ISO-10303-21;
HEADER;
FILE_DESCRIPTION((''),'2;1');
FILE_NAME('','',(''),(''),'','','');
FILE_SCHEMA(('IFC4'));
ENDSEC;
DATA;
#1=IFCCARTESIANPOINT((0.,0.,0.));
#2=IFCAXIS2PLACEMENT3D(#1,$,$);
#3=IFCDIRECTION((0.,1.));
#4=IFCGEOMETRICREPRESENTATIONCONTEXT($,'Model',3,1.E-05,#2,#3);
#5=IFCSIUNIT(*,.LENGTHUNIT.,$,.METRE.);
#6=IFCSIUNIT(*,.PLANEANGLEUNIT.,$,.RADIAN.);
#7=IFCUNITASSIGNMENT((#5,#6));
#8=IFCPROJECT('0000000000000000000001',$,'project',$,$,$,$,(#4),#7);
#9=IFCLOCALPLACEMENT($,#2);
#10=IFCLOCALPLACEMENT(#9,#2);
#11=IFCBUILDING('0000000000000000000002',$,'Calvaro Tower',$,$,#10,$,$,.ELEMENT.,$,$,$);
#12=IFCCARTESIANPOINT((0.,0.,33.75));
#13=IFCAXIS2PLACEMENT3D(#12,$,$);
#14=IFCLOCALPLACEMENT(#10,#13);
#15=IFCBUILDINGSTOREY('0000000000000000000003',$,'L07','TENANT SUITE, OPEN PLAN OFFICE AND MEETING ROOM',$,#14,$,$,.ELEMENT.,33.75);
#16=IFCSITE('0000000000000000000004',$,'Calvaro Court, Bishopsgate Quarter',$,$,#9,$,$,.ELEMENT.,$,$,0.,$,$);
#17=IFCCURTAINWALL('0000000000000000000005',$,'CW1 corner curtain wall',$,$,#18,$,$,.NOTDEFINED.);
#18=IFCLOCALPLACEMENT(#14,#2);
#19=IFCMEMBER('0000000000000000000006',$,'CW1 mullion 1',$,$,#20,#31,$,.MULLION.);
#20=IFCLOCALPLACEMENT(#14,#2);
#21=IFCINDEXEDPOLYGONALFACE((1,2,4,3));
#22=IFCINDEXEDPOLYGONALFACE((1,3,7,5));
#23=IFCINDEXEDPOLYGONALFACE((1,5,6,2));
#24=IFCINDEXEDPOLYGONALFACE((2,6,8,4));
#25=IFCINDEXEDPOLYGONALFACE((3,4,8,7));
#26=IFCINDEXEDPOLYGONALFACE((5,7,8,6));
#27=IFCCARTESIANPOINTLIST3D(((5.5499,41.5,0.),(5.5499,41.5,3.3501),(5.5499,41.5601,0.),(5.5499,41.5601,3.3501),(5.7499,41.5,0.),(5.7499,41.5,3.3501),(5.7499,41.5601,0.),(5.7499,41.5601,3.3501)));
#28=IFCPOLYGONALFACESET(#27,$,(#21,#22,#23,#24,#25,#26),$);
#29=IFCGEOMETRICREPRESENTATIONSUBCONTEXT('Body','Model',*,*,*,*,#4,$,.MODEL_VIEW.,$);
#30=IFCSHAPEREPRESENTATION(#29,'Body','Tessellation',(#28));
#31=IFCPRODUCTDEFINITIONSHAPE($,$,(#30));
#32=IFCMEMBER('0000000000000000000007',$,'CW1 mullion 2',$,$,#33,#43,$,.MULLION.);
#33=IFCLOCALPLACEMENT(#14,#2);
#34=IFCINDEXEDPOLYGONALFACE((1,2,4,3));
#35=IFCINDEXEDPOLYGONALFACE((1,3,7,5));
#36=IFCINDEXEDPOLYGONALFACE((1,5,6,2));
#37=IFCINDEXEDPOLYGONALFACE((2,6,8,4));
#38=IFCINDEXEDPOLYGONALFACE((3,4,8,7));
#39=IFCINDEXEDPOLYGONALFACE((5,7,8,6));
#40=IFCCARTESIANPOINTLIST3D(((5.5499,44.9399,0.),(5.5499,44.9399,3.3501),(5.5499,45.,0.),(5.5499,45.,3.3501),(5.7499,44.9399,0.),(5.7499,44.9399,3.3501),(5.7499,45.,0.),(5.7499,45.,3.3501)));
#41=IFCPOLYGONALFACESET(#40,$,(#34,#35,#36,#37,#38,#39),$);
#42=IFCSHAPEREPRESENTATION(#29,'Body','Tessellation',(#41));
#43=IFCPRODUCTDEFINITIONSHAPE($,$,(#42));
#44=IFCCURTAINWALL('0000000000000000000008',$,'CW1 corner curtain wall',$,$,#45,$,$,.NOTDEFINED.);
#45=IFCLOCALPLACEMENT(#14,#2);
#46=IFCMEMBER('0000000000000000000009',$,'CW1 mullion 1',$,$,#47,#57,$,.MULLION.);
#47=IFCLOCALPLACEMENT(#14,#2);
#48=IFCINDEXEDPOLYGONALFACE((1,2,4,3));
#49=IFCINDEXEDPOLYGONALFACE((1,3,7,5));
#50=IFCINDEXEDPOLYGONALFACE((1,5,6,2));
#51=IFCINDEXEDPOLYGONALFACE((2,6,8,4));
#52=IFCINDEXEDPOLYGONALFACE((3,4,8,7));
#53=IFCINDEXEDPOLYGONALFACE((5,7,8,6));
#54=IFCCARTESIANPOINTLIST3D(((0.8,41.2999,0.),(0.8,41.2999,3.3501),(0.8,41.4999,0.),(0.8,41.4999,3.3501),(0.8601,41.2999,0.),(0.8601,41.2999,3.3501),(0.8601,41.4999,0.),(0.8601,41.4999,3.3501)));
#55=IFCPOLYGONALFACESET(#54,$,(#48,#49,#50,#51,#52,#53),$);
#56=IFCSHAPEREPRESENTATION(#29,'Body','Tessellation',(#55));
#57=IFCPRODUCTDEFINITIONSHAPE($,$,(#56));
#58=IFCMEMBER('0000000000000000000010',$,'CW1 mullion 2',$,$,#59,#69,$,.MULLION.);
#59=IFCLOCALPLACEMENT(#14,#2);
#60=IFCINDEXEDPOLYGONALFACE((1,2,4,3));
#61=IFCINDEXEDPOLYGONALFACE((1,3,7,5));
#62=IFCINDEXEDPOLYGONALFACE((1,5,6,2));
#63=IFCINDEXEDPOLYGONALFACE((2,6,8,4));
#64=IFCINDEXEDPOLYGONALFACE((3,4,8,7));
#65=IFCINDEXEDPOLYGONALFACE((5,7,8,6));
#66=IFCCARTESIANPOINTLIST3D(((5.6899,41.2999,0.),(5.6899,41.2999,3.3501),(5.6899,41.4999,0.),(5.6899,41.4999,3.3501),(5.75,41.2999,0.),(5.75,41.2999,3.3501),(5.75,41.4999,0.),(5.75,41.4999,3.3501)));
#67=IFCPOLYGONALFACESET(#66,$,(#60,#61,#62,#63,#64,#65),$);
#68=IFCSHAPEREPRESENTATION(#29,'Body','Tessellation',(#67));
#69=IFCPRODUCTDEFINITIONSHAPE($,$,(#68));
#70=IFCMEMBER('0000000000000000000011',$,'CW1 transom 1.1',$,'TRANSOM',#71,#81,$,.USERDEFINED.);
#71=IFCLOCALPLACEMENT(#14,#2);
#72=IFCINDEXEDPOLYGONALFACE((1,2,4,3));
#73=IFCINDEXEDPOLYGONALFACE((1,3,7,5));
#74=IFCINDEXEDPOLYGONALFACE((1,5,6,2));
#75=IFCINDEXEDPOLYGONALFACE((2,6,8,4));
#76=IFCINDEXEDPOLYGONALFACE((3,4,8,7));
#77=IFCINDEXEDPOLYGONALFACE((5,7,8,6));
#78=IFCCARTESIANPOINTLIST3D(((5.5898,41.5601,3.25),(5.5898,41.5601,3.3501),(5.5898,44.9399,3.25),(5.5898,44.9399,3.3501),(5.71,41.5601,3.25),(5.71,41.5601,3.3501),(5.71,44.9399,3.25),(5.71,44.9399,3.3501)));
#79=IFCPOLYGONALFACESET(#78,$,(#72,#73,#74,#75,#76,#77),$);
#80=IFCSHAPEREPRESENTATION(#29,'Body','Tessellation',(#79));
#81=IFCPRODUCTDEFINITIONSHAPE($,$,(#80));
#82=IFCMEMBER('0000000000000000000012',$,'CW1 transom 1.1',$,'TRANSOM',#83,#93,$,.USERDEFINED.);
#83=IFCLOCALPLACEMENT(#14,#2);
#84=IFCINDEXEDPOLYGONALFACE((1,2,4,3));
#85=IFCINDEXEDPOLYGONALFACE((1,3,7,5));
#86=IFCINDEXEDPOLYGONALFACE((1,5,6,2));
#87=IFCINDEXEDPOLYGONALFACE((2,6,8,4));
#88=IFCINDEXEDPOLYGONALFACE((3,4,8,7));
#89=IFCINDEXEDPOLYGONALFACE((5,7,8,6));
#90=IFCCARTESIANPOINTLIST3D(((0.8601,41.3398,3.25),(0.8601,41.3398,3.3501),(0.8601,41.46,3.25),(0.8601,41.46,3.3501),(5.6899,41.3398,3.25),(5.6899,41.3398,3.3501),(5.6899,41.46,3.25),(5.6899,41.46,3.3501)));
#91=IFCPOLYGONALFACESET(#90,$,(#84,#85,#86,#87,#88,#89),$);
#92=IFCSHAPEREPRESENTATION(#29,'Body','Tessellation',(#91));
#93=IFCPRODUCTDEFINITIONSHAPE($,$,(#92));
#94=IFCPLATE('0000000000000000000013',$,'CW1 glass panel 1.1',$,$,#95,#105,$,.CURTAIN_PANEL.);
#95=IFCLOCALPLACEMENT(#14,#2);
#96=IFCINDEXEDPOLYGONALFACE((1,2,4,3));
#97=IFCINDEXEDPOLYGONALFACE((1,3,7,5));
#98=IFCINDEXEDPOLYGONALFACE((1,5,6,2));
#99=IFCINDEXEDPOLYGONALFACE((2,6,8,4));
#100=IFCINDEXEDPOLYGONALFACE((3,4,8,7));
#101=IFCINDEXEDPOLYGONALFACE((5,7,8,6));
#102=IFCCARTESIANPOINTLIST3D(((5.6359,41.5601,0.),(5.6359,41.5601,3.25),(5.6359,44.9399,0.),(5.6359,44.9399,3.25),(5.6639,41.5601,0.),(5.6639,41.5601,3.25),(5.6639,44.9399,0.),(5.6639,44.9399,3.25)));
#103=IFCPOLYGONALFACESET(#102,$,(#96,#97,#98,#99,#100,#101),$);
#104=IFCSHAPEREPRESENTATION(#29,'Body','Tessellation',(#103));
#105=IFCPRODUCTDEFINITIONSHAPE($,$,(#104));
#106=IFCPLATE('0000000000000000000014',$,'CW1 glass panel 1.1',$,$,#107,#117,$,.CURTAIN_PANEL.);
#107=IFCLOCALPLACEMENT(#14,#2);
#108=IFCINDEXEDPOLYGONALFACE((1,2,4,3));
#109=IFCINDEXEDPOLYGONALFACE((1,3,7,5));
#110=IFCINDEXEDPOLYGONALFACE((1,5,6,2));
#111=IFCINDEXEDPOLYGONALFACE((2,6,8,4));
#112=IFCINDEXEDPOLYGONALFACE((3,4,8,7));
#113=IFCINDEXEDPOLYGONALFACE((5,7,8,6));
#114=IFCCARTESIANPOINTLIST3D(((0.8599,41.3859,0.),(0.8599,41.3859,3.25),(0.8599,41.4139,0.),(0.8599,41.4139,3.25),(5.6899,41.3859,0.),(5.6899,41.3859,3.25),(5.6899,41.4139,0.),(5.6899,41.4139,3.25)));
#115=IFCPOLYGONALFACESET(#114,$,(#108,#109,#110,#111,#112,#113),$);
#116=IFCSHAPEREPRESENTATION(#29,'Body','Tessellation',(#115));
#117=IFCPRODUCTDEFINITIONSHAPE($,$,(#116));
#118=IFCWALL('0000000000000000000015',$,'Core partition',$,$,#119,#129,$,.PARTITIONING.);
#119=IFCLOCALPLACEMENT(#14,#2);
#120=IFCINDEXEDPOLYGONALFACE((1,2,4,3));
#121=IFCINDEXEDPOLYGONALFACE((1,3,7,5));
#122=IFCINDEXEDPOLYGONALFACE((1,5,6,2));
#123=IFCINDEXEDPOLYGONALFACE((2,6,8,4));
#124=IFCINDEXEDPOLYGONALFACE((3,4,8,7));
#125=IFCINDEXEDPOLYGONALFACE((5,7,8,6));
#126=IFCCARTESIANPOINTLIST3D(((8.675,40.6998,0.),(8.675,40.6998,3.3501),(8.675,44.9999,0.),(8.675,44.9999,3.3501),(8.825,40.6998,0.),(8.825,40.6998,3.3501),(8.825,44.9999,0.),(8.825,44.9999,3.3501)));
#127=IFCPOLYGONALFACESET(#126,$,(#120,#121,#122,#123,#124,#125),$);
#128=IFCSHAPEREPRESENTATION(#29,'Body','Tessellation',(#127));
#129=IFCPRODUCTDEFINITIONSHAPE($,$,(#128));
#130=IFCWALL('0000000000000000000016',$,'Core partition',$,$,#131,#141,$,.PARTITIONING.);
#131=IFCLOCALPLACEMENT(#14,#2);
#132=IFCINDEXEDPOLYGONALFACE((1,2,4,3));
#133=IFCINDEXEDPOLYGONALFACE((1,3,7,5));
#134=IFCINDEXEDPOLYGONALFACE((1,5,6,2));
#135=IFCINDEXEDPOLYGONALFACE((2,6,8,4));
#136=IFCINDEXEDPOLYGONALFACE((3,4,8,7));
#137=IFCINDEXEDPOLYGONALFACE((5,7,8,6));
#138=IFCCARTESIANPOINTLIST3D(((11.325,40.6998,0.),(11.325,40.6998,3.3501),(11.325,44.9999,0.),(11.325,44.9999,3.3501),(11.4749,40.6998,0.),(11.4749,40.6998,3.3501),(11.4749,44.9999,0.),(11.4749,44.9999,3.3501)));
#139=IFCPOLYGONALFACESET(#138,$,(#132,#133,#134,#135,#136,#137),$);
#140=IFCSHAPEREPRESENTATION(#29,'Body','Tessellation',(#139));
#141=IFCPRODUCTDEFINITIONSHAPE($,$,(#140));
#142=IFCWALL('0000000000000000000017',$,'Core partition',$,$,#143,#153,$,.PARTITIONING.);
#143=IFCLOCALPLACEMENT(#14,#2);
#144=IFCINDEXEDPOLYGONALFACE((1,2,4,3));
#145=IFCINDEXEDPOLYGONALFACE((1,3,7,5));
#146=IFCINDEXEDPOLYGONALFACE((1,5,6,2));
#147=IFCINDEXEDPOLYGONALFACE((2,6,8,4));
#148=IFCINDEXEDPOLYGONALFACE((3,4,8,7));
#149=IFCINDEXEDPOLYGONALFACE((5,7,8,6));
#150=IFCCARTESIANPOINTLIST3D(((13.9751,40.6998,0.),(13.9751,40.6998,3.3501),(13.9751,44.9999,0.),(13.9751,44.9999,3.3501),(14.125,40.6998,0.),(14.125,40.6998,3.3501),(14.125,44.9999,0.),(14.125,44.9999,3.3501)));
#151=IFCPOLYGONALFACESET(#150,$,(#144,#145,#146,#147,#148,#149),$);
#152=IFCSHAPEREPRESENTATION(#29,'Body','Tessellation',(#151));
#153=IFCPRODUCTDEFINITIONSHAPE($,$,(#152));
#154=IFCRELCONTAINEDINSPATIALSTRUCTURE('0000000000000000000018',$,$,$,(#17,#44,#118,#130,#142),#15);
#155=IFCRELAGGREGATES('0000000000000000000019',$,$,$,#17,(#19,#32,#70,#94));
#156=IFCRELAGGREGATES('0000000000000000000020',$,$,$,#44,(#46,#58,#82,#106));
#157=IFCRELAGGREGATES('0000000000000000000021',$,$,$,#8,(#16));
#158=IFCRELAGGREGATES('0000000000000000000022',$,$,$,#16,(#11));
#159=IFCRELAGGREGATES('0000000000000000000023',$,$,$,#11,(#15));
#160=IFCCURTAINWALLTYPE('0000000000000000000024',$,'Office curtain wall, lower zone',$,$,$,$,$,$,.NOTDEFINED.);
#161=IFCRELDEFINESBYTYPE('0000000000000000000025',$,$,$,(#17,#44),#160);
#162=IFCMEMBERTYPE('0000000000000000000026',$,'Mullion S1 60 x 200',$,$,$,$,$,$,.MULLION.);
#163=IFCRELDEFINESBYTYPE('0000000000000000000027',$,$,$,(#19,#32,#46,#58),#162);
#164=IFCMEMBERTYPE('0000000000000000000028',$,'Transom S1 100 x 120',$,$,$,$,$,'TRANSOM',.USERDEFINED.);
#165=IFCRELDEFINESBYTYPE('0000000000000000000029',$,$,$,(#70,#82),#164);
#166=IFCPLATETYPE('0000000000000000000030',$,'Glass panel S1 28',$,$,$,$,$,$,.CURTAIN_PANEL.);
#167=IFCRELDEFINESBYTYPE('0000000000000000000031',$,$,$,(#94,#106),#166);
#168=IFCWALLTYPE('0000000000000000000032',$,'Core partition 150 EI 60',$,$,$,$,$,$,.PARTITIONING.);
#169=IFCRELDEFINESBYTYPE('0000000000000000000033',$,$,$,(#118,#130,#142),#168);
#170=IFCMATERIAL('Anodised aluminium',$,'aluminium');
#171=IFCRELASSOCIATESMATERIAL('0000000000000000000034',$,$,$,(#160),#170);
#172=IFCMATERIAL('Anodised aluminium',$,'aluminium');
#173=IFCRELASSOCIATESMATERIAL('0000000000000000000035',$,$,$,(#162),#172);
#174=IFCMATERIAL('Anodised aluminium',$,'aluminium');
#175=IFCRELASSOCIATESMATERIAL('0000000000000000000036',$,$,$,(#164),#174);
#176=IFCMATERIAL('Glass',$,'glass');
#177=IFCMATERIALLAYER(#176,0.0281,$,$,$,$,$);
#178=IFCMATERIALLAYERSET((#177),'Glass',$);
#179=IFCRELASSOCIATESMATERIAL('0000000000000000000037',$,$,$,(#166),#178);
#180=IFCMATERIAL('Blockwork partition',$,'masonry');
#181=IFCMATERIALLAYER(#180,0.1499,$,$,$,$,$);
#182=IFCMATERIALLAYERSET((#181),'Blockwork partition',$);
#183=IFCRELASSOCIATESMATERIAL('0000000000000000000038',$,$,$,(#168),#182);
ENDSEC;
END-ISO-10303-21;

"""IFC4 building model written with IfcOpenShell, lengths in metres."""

from ifc_helpers import new_model, si_unit, direction, frame, frame_2d, origin, origin_2d, place, context, subcontext, project, spatial, rectangle, extrude, material, layer, layer_set, material_profile, profile_set, type_object, element, aggregate, save


model = new_model("IFC4")

# Units and contexts
model_context = context("Model", 3, precision=1e-05, world=origin(), true_north=direction((0.0, 1.0)))
body_context = subcontext(model_context, "Body", "Model", "MODEL_VIEW")
ifc_project = project(units=[si_unit("LENGTHUNIT", "METRE"), si_unit("PLANEANGLEUNIT", "RADIAN")], contexts=[model_context])

# Site, building, storey
site_placement = place(None, origin())
site = spatial("IfcSite", under=ifc_project, at=site_placement, Name="Calvaro Court, Bishopsgate Quarter", CompositionType="ELEMENT", RefElevation=0.0)
building_placement = place(site_placement, origin())
building = spatial("IfcBuilding", under=site, at=building_placement, Name="Calvaro Tower", CompositionType="ELEMENT")
storey_placement = place(building_placement, frame((0.0, 0.0, 33.75)))
storey = spatial("IfcBuildingStorey", under=building, at=storey_placement, Name="L07", Description="TENANT SUITE, OPEN PLAN OFFICE AND MEETING ROOM", CompositionType="ELEMENT", Elevation=33.75)

# Curtain walls, members
ifc_material_1 = material(Name="Anodised aluminium", Category="aluminium")
curtain_wall_type = type_object("IfcCurtainWallType", Name="Office curtain wall, lower zone", PredefinedType="NOTDEFINED", material=ifc_material_1)
curtain_wall_1_placement = place(storey_placement, origin())
curtain_wall_1 = element("IfcCurtainWall", 1, at=curtain_wall_1_placement, inside=storey, type_object=curtain_wall_type, Name="CW1 corner curtain wall", PredefinedType="NOTDEFINED")
ifc_material_2 = material(Name="Anodised aluminium", Category="aluminium")
ifc_material_profile_1 = material_profile(ifc_material_2, rectangle(XDim=0.2, YDim=0.0601, at=origin_2d()), Name="Mullion S1 60 x 200")
ifc_profile_set_1 = profile_set([ifc_material_profile_1], Name="Anodised aluminium")
member_type_1 = type_object("IfcMemberType", Name="Mullion S1 60 x 200", PredefinedType="MULLION", material=ifc_profile_set_1)
member_1_placement = place(storey_placement, frame((5.6499, 41.53, 0.0), z_axis=(0.0, 0.0, 1.0), x_axis=(-1.0, 0.0, 0.0)))
member_1 = element("IfcMember", 2, at=member_1_placement, type_object=member_type_1, Name="CW1 mullion 1", PredefinedType="MULLION", context=body_context, shape_type="SweptSolid", body=[
    extrude(rectangle(XDim=0.2, YDim=0.0601, at=origin_2d()), origin(), (0.0, 0.0, 1.0), 3.3501),
])
member_2_placement = place(storey_placement, frame((5.6499, 44.97, 0.0), z_axis=(0.0, 0.0, 1.0), x_axis=(-1.0, 0.0, 0.0)))
member_2 = element("IfcMember", 3, at=member_2_placement, type_object=member_type_1, Name="CW1 mullion 2", PredefinedType="MULLION", context=body_context, shape_type="SweptSolid", body=[
    extrude(rectangle(XDim=0.2, YDim=0.0601, at=origin_2d()), origin(), (0.0, 0.0, 1.0), 3.3501),
])
curtain_wall_2_placement = place(storey_placement, origin())
curtain_wall_2 = element("IfcCurtainWall", 4, at=curtain_wall_2_placement, inside=storey, type_object=curtain_wall_type, Name="CW1 corner curtain wall", PredefinedType="NOTDEFINED")
member_3_placement = place(storey_placement, frame((0.8301, 41.3999, 0.0), z_axis=(0.0, 0.0, 1.0), x_axis=(0.0, 1.0, 0.0)))
member_3 = element("IfcMember", 5, at=member_3_placement, type_object=member_type_1, Name="CW1 mullion 1", PredefinedType="MULLION", context=body_context, shape_type="SweptSolid", body=[
    extrude(rectangle(XDim=0.2, YDim=0.0601, at=origin_2d()), origin(), (0.0, 0.0, 1.0), 3.3501),
])
member_4_placement = place(storey_placement, frame((5.72, 41.3999, 0.0), z_axis=(0.0, 0.0, 1.0), x_axis=(0.0, 1.0, 0.0)))
member_4 = element("IfcMember", 6, at=member_4_placement, type_object=member_type_1, Name="CW1 mullion 2", PredefinedType="MULLION", context=body_context, shape_type="SweptSolid", body=[
    extrude(rectangle(XDim=0.2, YDim=0.0601, at=origin_2d()), origin(), (0.0, 0.0, 1.0), 3.3501),
])

# Members
ifc_material_3 = material(Name="Anodised aluminium", Category="aluminium")
ifc_material_profile_2 = material_profile(ifc_material_3, rectangle(XDim=0.1201, YDim=0.1001, at=origin_2d()), Name="Transom S1 100 x 120")
ifc_profile_set_2 = profile_set([ifc_material_profile_2], Name="Anodised aluminium")
member_type_2 = type_object("IfcMemberType", Name="Transom S1 100 x 120", ElementType="TRANSOM", PredefinedType="USERDEFINED", material=ifc_profile_set_2)
member_5_placement = place(storey_placement, frame((5.6499, 41.5601, 3.3), z_axis=(0.0, 1.0, 0.0), x_axis=(-1.0, 0.0, 0.0)))
member_5 = element("IfcMember", 7, at=member_5_placement, type_object=member_type_2, Name="CW1 transom 1.1", ObjectType="TRANSOM", PredefinedType="USERDEFINED", context=body_context, shape_type="SweptSolid", body=[
    extrude(rectangle(XDim=0.1201, YDim=0.1001, at=origin_2d()), origin(), (0.0, 0.0, 1.0), 3.3799),
])
member_6_placement = place(storey_placement, frame((0.8601, 41.3999, 3.3), z_axis=(1.0, 0.0, 0.0), x_axis=(0.0, 1.0, 0.0)))
member_6 = element("IfcMember", 8, at=member_6_placement, type_object=member_type_2, Name="CW1 transom 1.1", ObjectType="TRANSOM", PredefinedType="USERDEFINED", context=body_context, shape_type="SweptSolid", body=[
    extrude(rectangle(XDim=0.1201, YDim=0.1001, at=origin_2d()), origin(), (0.0, 0.0, 1.0), 4.8298),
])

# Plates
ifc_material_4 = material(Name="Glass", Category="glass")
ifc_layer_1 = layer(ifc_material_4, 0.0281)
ifc_layer_set_1 = layer_set([ifc_layer_1], Name="Glass")
plate_type = type_object("IfcPlateType", Name="Glass panel S1 28", PredefinedType="CURTAIN_PANEL", material=ifc_layer_set_1)
plate_1_placement = place(storey_placement, frame((5.6499, 43.25, 0.0), z_axis=(0.0, 0.0, 1.0), x_axis=(0.0, 1.0, 0.0)))
plate_1 = element("IfcPlate", 9, at=plate_1_placement, type_object=plate_type, Name="CW1 glass panel 1.1", PredefinedType="CURTAIN_PANEL", context=body_context, shape_type="SweptSolid", body=[
    extrude(rectangle(XDim=3.3799, YDim=0.0281, at=origin_2d()), origin(), (0.0, 0.0, 1.0), 3.25),
])
aggregate(curtain_wall_1, [member_1, member_2, member_5, plate_1])
plate_2_placement = place(storey_placement, frame((3.2749, 41.3999, 0.0), z_axis=(0.0, 0.0, 1.0), x_axis=(1.0, 0.0, 0.0)))
plate_2 = element("IfcPlate", 10, at=plate_2_placement, type_object=plate_type, Name="CW1 glass panel 1.1", PredefinedType="CURTAIN_PANEL", context=body_context, shape_type="SweptSolid", body=[
    extrude(rectangle(XDim=4.8301, YDim=0.0281, at=origin_2d()), origin(), (0.0, 0.0, 1.0), 3.25),
])
aggregate(curtain_wall_2, [member_3, member_4, member_6, plate_2])

# Walls
ifc_material_5 = material(Name="Blockwork partition", Category="masonry")
ifc_layer_2 = layer(ifc_material_5, 0.1499)
ifc_layer_set_2 = layer_set([ifc_layer_2], Name="Blockwork partition")
wall_type_1 = type_object("IfcWallType", Name="Core partition 150 EI 60", PredefinedType="PARTITIONING", material=ifc_layer_set_2)
for number, where, z_axis, x_axis, name in (
    (11, (8.75, 40.7, 0.0), (0.0, 0.0, 1.0), (0.0, 1.0, 0.0), "Core partition"),
    (12, (11.3999, 40.7, 0.0), (0.0, 0.0, 1.0), (0.0, 1.0, 0.0), "Core partition"),
    (13, (14.05, 40.7, 0.0), (0.0, 0.0, 1.0), (0.0, 1.0, 0.0), "Core partition"),
):
    element("IfcWall", number, at=place(storey_placement, frame(where, z_axis=z_axis, x_axis=x_axis)), inside=storey, type_object=wall_type_1, Name=name, PredefinedType="PARTITIONING", context=body_context, shape_type="SweptSolid", body=[
        extrude(rectangle(XDim=4.3, YDim=0.1499, at=frame_2d((2.1499, 0.0))), origin(), (0.0, 0.0, 1.0), 3.3501),
    ])

save(model, "model.ifc")
